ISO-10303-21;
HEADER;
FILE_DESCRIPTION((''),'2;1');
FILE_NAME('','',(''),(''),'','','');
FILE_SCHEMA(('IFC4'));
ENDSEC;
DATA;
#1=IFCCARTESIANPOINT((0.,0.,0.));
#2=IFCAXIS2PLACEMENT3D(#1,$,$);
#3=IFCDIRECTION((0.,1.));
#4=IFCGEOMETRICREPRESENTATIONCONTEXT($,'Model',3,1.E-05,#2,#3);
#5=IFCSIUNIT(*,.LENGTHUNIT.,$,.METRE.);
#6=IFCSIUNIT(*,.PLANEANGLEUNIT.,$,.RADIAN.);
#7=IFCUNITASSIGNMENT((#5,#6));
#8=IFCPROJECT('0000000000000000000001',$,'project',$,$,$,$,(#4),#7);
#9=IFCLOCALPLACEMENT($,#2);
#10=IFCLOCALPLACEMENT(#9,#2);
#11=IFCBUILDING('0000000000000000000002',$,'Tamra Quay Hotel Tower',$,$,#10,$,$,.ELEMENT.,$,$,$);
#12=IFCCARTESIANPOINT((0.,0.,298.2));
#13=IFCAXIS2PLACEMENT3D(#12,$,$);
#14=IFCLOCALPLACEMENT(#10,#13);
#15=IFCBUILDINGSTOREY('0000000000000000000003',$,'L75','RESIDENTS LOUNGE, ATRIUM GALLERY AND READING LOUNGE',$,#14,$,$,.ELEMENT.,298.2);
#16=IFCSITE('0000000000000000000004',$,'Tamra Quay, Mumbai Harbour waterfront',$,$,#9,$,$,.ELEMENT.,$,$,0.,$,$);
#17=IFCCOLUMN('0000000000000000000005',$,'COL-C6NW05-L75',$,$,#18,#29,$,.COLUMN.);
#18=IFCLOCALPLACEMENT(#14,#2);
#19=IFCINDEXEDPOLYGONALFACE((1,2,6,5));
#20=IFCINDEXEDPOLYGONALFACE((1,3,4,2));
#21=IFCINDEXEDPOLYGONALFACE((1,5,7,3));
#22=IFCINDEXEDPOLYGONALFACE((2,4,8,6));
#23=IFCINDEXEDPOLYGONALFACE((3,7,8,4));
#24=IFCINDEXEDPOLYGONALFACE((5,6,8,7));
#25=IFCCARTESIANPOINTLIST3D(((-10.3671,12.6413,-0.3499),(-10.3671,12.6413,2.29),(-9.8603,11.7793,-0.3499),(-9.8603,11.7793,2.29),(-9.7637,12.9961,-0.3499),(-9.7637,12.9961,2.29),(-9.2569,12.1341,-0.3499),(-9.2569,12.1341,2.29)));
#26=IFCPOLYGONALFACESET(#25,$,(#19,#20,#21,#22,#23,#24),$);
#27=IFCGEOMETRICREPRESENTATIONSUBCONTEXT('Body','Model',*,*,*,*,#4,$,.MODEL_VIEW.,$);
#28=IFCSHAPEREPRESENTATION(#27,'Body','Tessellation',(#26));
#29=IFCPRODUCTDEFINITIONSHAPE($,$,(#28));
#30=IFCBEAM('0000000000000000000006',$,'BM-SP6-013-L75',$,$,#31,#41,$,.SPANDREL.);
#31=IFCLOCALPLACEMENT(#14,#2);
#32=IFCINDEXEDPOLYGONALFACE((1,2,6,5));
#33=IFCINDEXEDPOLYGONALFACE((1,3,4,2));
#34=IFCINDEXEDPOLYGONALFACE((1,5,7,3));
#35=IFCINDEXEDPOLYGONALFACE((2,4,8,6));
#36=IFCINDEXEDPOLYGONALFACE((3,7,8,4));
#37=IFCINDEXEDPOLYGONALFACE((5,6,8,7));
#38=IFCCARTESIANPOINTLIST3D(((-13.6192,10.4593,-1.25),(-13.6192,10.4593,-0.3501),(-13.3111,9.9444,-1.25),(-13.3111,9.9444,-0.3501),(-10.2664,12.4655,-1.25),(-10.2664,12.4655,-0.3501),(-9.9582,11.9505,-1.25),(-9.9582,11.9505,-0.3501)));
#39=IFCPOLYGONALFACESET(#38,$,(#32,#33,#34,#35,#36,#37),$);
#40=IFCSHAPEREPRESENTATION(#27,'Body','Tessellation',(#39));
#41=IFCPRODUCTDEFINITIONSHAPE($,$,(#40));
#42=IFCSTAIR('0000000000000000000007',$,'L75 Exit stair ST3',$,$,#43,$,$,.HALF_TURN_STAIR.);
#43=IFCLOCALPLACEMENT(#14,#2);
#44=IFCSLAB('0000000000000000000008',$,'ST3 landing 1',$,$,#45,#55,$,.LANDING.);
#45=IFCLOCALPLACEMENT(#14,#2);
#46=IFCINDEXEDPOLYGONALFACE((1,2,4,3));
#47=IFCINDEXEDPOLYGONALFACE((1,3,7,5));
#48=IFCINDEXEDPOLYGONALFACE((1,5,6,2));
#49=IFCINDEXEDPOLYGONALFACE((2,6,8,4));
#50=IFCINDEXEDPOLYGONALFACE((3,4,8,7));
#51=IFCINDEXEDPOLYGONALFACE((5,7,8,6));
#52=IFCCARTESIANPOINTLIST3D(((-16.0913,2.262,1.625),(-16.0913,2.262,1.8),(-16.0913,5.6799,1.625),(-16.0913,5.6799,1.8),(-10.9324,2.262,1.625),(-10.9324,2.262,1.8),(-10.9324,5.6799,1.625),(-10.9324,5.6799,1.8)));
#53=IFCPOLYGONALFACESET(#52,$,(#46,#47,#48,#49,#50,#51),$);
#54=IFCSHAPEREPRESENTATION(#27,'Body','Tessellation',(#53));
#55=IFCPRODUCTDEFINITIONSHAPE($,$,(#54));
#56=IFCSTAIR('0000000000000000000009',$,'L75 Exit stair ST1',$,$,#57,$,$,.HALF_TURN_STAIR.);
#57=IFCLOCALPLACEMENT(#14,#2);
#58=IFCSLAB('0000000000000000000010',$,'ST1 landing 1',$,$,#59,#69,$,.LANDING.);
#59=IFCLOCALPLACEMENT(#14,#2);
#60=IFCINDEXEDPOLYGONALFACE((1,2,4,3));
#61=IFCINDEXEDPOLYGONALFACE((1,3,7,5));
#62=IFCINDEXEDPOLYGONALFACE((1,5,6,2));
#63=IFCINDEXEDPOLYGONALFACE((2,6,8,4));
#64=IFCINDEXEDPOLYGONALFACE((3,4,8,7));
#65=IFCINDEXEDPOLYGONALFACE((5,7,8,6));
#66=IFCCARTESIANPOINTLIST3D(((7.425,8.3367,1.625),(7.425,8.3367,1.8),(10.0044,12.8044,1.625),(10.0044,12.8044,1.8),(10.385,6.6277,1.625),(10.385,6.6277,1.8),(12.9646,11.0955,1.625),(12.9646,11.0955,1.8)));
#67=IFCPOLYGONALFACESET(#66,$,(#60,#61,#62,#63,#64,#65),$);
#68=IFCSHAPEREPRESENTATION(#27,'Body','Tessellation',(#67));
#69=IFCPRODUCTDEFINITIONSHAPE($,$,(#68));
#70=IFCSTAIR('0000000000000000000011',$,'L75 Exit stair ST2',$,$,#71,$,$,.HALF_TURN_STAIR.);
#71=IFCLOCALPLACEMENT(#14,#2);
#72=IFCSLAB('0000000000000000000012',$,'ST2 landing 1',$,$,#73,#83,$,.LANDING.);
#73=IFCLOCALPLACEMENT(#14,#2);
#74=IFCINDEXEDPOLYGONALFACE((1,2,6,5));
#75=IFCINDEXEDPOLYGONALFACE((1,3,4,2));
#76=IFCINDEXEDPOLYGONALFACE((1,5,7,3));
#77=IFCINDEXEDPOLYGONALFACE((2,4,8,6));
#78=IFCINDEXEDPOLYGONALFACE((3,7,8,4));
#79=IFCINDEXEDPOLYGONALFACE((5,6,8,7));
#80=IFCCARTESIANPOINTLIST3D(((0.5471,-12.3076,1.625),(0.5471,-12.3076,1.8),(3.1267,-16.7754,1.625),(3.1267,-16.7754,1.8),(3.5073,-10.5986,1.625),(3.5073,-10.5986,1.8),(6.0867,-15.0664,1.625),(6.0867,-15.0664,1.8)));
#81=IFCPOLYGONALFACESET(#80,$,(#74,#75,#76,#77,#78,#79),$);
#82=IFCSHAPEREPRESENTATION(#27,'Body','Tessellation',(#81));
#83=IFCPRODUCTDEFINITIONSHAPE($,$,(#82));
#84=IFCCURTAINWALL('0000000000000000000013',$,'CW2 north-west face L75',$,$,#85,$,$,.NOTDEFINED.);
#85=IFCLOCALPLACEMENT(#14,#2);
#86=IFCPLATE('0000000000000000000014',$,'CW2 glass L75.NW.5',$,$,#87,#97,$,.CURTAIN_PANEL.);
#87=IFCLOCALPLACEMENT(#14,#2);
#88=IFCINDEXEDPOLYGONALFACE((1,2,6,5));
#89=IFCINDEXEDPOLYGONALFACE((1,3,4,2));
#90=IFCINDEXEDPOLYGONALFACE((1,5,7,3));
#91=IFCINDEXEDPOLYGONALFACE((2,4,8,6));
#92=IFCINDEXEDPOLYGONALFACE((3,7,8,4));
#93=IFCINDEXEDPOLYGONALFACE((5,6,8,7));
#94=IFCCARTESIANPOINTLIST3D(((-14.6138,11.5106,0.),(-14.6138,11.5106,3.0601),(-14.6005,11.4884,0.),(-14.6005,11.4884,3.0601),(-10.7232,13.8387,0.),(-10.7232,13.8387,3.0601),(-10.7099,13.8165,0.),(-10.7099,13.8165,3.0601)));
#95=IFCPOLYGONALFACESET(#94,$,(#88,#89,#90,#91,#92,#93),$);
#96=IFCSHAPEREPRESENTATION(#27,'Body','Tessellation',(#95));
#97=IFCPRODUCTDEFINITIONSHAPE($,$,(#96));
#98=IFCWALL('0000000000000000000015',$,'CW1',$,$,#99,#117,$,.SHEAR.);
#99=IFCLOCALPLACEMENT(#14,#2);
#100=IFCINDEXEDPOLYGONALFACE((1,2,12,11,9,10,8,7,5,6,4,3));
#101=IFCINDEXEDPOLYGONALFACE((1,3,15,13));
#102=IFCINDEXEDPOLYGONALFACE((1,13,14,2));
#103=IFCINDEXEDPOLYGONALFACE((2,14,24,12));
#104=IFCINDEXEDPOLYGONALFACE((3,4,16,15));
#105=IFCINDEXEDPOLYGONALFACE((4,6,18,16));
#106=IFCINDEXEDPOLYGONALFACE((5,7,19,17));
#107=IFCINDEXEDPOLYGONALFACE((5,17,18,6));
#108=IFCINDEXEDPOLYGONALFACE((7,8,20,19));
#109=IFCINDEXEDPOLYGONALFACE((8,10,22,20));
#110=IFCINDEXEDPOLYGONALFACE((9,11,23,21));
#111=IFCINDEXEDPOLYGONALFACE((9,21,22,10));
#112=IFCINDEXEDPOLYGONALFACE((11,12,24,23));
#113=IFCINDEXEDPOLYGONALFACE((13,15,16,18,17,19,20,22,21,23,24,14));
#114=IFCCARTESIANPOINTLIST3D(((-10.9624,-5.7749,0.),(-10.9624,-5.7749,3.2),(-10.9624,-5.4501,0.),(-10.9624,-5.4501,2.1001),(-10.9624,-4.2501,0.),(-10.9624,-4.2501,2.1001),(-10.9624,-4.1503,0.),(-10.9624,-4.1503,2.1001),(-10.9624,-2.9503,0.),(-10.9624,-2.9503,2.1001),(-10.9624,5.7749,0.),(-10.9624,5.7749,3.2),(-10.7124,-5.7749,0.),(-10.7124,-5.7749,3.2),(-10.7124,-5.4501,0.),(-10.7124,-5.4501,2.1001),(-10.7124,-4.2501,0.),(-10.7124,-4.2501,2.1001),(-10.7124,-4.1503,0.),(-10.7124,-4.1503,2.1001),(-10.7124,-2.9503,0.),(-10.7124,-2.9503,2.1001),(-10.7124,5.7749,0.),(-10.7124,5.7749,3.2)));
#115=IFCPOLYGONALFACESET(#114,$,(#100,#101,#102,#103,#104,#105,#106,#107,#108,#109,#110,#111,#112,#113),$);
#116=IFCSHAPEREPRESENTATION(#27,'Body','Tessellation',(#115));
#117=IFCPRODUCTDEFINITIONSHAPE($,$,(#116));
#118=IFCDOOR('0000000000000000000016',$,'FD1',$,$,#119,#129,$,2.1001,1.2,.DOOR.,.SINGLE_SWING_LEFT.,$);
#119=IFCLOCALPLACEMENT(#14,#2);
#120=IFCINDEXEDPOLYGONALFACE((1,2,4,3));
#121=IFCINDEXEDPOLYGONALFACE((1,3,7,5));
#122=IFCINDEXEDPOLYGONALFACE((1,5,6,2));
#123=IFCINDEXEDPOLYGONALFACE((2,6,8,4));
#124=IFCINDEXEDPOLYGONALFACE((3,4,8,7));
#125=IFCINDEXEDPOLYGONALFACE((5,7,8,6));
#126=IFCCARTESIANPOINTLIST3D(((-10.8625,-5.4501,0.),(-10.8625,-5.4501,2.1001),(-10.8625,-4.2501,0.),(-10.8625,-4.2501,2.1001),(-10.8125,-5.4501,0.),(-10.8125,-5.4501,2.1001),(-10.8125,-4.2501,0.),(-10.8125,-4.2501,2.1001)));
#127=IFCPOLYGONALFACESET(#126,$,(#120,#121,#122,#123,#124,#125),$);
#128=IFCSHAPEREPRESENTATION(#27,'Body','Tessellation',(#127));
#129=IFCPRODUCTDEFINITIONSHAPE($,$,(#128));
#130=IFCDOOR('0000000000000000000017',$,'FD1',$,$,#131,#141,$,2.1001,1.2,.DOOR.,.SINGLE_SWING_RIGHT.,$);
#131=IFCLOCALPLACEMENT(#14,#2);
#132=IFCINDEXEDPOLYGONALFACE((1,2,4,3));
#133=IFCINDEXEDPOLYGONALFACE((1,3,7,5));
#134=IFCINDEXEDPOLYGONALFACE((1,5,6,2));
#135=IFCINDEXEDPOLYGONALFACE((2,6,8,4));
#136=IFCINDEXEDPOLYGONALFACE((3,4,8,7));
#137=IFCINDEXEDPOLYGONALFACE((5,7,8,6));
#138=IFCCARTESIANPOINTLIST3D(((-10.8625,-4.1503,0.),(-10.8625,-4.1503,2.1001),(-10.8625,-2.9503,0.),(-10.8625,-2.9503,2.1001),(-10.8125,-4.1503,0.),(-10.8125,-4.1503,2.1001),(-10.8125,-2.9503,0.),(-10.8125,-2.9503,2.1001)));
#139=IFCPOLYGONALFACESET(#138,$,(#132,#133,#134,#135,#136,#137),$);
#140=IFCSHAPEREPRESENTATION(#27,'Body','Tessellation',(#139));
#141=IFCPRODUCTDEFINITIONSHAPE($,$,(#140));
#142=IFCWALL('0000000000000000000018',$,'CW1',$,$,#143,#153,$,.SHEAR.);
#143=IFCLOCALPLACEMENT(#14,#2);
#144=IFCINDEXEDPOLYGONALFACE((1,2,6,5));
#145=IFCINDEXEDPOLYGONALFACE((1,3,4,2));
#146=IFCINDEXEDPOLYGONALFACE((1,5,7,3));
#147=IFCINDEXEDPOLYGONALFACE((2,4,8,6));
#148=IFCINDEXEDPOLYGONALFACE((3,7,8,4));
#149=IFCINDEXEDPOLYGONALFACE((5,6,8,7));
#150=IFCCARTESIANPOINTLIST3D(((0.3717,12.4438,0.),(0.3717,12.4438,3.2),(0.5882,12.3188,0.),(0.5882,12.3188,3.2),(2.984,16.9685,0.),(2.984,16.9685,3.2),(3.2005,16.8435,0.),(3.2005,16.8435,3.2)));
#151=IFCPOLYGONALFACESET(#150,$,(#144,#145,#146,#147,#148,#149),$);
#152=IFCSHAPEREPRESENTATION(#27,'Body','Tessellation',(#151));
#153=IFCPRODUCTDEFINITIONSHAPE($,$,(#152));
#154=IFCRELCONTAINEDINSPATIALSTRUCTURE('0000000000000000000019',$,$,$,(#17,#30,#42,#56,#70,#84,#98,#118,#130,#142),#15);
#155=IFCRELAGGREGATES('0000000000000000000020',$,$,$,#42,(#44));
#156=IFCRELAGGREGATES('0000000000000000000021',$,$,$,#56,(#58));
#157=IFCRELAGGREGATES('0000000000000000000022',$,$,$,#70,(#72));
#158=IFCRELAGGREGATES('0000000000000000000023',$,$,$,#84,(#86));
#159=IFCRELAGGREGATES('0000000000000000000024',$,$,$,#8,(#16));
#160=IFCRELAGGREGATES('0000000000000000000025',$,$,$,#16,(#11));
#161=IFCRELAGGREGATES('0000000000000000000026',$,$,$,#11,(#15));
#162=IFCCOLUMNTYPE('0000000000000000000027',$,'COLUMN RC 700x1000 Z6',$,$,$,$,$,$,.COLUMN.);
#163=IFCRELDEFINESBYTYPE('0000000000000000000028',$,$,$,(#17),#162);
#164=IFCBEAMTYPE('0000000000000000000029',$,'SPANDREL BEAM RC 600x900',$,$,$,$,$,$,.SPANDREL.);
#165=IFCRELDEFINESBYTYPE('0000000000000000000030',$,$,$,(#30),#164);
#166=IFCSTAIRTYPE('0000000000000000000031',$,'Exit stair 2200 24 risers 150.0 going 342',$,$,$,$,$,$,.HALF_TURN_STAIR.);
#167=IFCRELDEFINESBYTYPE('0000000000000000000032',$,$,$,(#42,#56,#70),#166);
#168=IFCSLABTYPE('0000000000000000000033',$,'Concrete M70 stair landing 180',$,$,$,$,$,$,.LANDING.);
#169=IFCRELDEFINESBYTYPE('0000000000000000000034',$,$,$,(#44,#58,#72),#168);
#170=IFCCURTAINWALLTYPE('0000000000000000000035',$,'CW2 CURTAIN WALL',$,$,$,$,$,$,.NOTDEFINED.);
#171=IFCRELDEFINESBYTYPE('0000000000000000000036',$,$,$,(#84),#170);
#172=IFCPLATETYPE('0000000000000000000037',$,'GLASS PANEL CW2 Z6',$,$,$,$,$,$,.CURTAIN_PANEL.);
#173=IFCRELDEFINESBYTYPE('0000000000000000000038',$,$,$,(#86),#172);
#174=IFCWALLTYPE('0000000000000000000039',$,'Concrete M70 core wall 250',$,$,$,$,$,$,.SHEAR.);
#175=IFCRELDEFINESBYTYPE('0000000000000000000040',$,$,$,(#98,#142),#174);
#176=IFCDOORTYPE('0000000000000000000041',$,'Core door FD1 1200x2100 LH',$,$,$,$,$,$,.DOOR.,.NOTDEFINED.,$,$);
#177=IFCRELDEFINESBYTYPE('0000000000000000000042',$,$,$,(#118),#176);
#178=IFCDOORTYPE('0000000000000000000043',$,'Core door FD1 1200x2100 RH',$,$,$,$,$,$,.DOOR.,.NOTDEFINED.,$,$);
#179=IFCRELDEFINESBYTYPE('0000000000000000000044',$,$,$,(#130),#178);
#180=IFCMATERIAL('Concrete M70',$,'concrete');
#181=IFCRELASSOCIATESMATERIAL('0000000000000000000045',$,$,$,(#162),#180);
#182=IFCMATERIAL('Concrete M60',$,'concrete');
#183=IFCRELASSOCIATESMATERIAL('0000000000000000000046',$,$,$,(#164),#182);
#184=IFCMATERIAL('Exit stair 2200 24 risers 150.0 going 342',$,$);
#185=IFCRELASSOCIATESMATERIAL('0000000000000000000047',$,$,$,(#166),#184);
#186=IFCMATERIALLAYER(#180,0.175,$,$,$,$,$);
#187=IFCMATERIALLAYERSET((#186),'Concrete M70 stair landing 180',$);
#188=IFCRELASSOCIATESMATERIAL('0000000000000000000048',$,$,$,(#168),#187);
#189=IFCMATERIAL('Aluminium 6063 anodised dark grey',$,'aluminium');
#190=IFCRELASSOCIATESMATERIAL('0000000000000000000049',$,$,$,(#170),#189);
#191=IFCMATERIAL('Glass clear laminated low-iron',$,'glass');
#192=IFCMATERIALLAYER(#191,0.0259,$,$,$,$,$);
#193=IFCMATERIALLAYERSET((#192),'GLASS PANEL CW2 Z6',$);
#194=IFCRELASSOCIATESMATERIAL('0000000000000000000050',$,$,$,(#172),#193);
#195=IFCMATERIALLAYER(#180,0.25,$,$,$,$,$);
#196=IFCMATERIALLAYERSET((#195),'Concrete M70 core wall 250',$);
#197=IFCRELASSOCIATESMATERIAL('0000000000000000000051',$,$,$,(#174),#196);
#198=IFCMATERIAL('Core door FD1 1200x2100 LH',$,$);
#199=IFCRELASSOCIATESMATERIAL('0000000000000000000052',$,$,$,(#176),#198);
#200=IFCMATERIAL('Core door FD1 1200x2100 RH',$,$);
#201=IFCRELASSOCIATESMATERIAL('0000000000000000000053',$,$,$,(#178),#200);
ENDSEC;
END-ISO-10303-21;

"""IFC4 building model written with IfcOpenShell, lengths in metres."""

from ifc_helpers import new_model, si_unit, direction, frame, frame_2d, origin, origin_2d, place, context, subcontext, project, spatial, polyline, rectangle, outline, extrude, material, layer, layer_set, material_profile, profile_set, type_object, element, fill, aggregate, save


model = new_model("IFC4")

# Units and contexts
model_context = context("Model", 3, precision=1e-05, world=origin(), true_north=direction((0.0, 1.0)))
body_context = subcontext(model_context, "Body", "Model", "MODEL_VIEW")
ifc_project = project(units=[si_unit("LENGTHUNIT", "METRE"), si_unit("PLANEANGLEUNIT", "RADIAN")], contexts=[model_context])

# Site, building, storey
site_placement = place(None, origin())
site = spatial("IfcSite", under=ifc_project, at=site_placement, Name="Tamra Quay, Mumbai Harbour waterfront", CompositionType="ELEMENT", RefElevation=0.0)
building_placement = place(site_placement, origin())
building = spatial("IfcBuilding", under=site, at=building_placement, Name="Tamra Quay Hotel Tower", CompositionType="ELEMENT")
storey_placement = place(building_placement, frame((0.0, 0.0, 298.2)))
storey = spatial("IfcBuildingStorey", under=building, at=storey_placement, Name="L75", Description="RESIDENTS LOUNGE, ATRIUM GALLERY AND READING LOUNGE", CompositionType="ELEMENT", Elevation=298.2)

# Column
ifc_material_1 = material(Name="Concrete M70", Category="concrete")
ifc_material_profile_1 = material_profile(ifc_material_1, rectangle(XDim=1.0, YDim=0.7, at=origin_2d()), Name="COLUMN RC 700x1000 Z6")
ifc_profile_set_1 = profile_set([ifc_material_profile_1], Name="Concrete M70")
column_type = type_object("IfcColumnType", Name="COLUMN RC 700x1000 Z6", PredefinedType="COLUMN", material=ifc_profile_set_1)
column_placement = place(storey_placement, frame((-9.812, 12.3877, -0.3499), z_axis=(0.0, 0.0, 1.0), x_axis=(-0.506843, 0.862038, 0.0)))
element("IfcColumn", 1, at=column_placement, inside=storey, type_object=column_type, Name="COL-C6NW05-L75", PredefinedType="COLUMN", context=body_context, shape_type="SweptSolid", body=[
    extrude(rectangle(XDim=1.0, YDim=0.7, at=origin_2d()), origin(), (0.0, 0.0, 1.0), 2.6399),
])

# Beam
ifc_material_2 = material(Name="Concrete M60", Category="concrete")
ifc_material_profile_2 = material_profile(ifc_material_2, rectangle(XDim=0.6001, YDim=0.8999, at=origin_2d()), Name="SPANDREL BEAM RC 600x900")
ifc_profile_set_2 = profile_set([ifc_material_profile_2], Name="Concrete M60")
beam_type = type_object("IfcBeamType", Name="SPANDREL BEAM RC 600x900", PredefinedType="SPANDREL", material=ifc_profile_set_2)
beam_placement = place(storey_placement, frame((-10.1123, 12.208, -0.8), z_axis=(-0.858121, -0.513448, 0.0), x_axis=(0.513448, -0.858121, 0.0)))
element("IfcBeam", 2, at=beam_placement, inside=storey, type_object=beam_type, Name="BM-SP6-013-L75", PredefinedType="SPANDREL", context=body_context, shape_type="SweptSolid", body=[
    extrude(rectangle(XDim=0.6001, YDim=0.8999, at=origin_2d()), origin(), (0.0, 0.0, 1.0), 3.9072),
])

# Stairs, slabs
ifc_material_3 = material(Name="Exit stair 2200 24 risers 150.0 going 342")
stair_type = type_object("IfcStairType", Name="Exit stair 2200 24 risers 150.0 going 342", PredefinedType="HALF_TURN_STAIR", material=ifc_material_3)
stair_1_placement = place(storey_placement, origin())
stair_1 = element("IfcStair", 3, at=stair_1_placement, inside=storey, type_object=stair_type, Name="L75 Exit stair ST3", PredefinedType="HALF_TURN_STAIR")
ifc_layer_1 = layer(ifc_material_1, 0.175)
ifc_layer_set_1 = layer_set([ifc_layer_1], Name="Concrete M70 stair landing 180")
slab_type_1 = type_object("IfcSlabType", Name="Concrete M70 stair landing 180", PredefinedType="LANDING", material=ifc_layer_set_1)
slab_1_placement = place(storey_placement, frame((0.0, 0.0, 1.625)))
slab_1 = element("IfcSlab", 4, at=slab_1_placement, type_object=slab_type_1, Name="ST3 landing 1", PredefinedType="LANDING", context=body_context, shape_type="SweptSolid", body=[
    extrude(outline(polyline([(-10.9324, 2.262), (-10.9324, 5.6799), (-16.0913, 5.6799), (-16.0913, 2.262), (-10.9324, 2.262)])), origin(), (0.0, 0.0, 1.0), 0.175),
])
aggregate(stair_1, [slab_1])
stair_2_placement = place(storey_placement, origin())
stair_2 = element("IfcStair", 5, at=stair_2_placement, inside=storey, type_object=stair_type, Name="L75 Exit stair ST1", PredefinedType="HALF_TURN_STAIR")
slab_2_placement = place(storey_placement, frame((0.0, 0.0, 1.625)))
slab_2 = element("IfcSlab", 6, at=slab_2_placement, type_object=slab_type_1, Name="ST1 landing 1", PredefinedType="LANDING", context=body_context, shape_type="SweptSolid", body=[
    extrude(outline(polyline([(7.425, 8.3367), (10.385, 6.6277), (12.9646, 11.0955), (10.0044, 12.8044), (7.425, 8.3367)])), origin(), (0.0, 0.0, 1.0), 0.175),
])
aggregate(stair_2, [slab_2])
stair_3_placement = place(storey_placement, origin())
stair_3 = element("IfcStair", 7, at=stair_3_placement, inside=storey, type_object=stair_type, Name="L75 Exit stair ST2", PredefinedType="HALF_TURN_STAIR")
slab_3_placement = place(storey_placement, frame((0.0, 0.0, 1.625)))
slab_3 = element("IfcSlab", 8, at=slab_3_placement, type_object=slab_type_1, Name="ST2 landing 1", PredefinedType="LANDING", context=body_context, shape_type="SweptSolid", body=[
    extrude(outline(polyline([(3.5073, -10.5986), (0.5471, -12.3076), (3.1267, -16.7754), (6.0867, -15.0664), (3.5073, -10.5986)])), origin(), (0.0, 0.0, 1.0), 0.175),
])
aggregate(stair_3, [slab_3])

# Curtain wall, plate
ifc_material_4 = material(Name="Aluminium 6063 anodised dark grey", Category="aluminium")
curtain_wall_type = type_object("IfcCurtainWallType", Name="CW2 CURTAIN WALL", PredefinedType="NOTDEFINED", material=ifc_material_4)
curtain_wall_placement = place(storey_placement, origin())
curtain_wall = element("IfcCurtainWall", 9, at=curtain_wall_placement, inside=storey, type_object=curtain_wall_type, Name="CW2 north-west face L75", PredefinedType="NOTDEFINED")
ifc_material_5 = material(Name="Glass clear laminated low-iron", Category="glass")
ifc_layer_2 = layer(ifc_material_5, 0.0259)
ifc_layer_set_2 = layer_set([ifc_layer_2], Name="GLASS PANEL CW2 Z6")
plate_type = type_object("IfcPlateType", Name="GLASS PANEL CW2 Z6", PredefinedType="CURTAIN_PANEL", material=ifc_layer_set_2)
plate_placement = place(storey_placement, frame((-12.6619, 12.6636, 0.0), z_axis=(0.0, 0.0, 1.0), x_axis=(-0.858103, -0.513477, 0.0)))
plate = element("IfcPlate", 10, at=plate_placement, type_object=plate_type, Name="CW2 glass L75.NW.5", PredefinedType="CURTAIN_PANEL", context=body_context, shape_type="SweptSolid", body=[
    extrude(rectangle(XDim=4.5339, YDim=0.0259, at=origin_2d()), origin(), (0.0, 0.0, 1.0), 3.0601),
])
aggregate(curtain_wall, [plate])

# Wall, openings, doors
ifc_layer_3 = layer(ifc_material_1, 0.25)
ifc_layer_set_3 = layer_set([ifc_layer_3], Name="Concrete M70 core wall 250")
wall_type_1 = type_object("IfcWallType", Name="Concrete M70 core wall 250", PredefinedType="SHEAR", material=ifc_layer_set_3)
wall_1_placement = place(storey_placement, frame((-10.8374, 5.7749, 0.0), z_axis=(0.0, 0.0, 1.0), x_axis=(0.0, -1.0, 0.0)))
wall_1 = element("IfcWall", 11, at=wall_1_placement, inside=storey, type_object=wall_type_1, Name="CW1", PredefinedType="SHEAR", context=body_context, shape_type="SweptSolid", body=[
    extrude(rectangle(XDim=11.5498, YDim=0.25, at=frame_2d((5.7749, 0.0))), origin(), (0.0, 0.0, 1.0), 3.2),
])
opening_1_placement = place(wall_1_placement, frame((10.0249, 0.0, 0.0)))
opening_1 = element("IfcOpeningElement", 12, at=opening_1_placement, cuts=wall_1, PredefinedType="OPENING", context=body_context, shape_type="SweptSolid", body=[
    extrude(rectangle(XDim=1.2, YDim=2.1001, at=frame_2d((0.6001, 1.05))), frame((0.0, 0.135, 0.0), z_axis=(0.0, -1.0, 0.0), x_axis=(1.0, 0.0, 0.0)), (0.0, 0.0, 1.0), 0.27),
])
opening_2_placement = place(wall_1_placement, frame((8.7251, 0.0, 0.0)))
opening_2 = element("IfcOpeningElement", 13, at=opening_2_placement, cuts=wall_1, PredefinedType="OPENING", context=body_context, shape_type="SweptSolid", body=[
    extrude(rectangle(XDim=1.2, YDim=2.1001, at=frame_2d((0.6001, 1.05))), frame((0.0, 0.135, 0.0), z_axis=(0.0, -1.0, 0.0), x_axis=(1.0, 0.0, 0.0)), (0.0, 0.0, 1.0), 0.27),
])
ifc_material_6 = material(Name="Core door FD1 1200x2100 LH")
door_type_1 = type_object("IfcDoorType", Name="Core door FD1 1200x2100 LH", OperationType="NOTDEFINED", PredefinedType="DOOR", material=ifc_material_6)
door_1_placement = place(opening_1_placement, origin())
door_1 = element("IfcDoor", 14, at=door_1_placement, inside=storey, type_object=door_type_1, Name="FD1", OperationType="SINGLE_SWING_LEFT", OverallHeight=2.1001, OverallWidth=1.2, PredefinedType="DOOR", context=body_context, shape_type="SweptSolid", body=[
    extrude(rectangle(XDim=1.2, YDim=2.1001, at=frame_2d((0.6001, 1.05))), frame((0.0, 0.0249, 0.0), z_axis=(0.0, -1.0, 0.0), x_axis=(1.0, 0.0, 0.0)), (0.0, 0.0, 1.0), 0.05),
])
fill(opening_1, door_1)
ifc_material_7 = material(Name="Core door FD1 1200x2100 RH")
door_type_2 = type_object("IfcDoorType", Name="Core door FD1 1200x2100 RH", OperationType="NOTDEFINED", PredefinedType="DOOR", material=ifc_material_7)
door_2_placement = place(opening_2_placement, origin())
door_2 = element("IfcDoor", 15, at=door_2_placement, inside=storey, type_object=door_type_2, Name="FD1", OperationType="SINGLE_SWING_RIGHT", OverallHeight=2.1001, OverallWidth=1.2, PredefinedType="DOOR", context=body_context, shape_type="SweptSolid", body=[
    extrude(rectangle(XDim=1.2, YDim=2.1001, at=frame_2d((0.6001, 1.05))), frame((0.0, 0.0249, 0.0), z_axis=(0.0, -1.0, 0.0), x_axis=(1.0, 0.0, 0.0)), (0.0, 0.0, 1.0), 0.05),
])
fill(opening_2, door_2)

# Wall
wall_2_placement = place(storey_placement, frame((0.48, 12.3813, 0.0), z_axis=(0.0, 0.0, 1.0), x_axis=(0.499999, 0.866026, 0.0)))
element("IfcWall", 16, at=wall_2_placement, inside=storey, type_object=wall_type_1, Name="CW1", PredefinedType="SHEAR", context=body_context, shape_type="SweptSolid", body=[
    extrude(rectangle(XDim=5.2246, YDim=0.25, at=frame_2d((2.6123, 0.0))), origin(), (0.0, 0.0, 1.0), 3.2),
])

save(model, "model.ifc")
